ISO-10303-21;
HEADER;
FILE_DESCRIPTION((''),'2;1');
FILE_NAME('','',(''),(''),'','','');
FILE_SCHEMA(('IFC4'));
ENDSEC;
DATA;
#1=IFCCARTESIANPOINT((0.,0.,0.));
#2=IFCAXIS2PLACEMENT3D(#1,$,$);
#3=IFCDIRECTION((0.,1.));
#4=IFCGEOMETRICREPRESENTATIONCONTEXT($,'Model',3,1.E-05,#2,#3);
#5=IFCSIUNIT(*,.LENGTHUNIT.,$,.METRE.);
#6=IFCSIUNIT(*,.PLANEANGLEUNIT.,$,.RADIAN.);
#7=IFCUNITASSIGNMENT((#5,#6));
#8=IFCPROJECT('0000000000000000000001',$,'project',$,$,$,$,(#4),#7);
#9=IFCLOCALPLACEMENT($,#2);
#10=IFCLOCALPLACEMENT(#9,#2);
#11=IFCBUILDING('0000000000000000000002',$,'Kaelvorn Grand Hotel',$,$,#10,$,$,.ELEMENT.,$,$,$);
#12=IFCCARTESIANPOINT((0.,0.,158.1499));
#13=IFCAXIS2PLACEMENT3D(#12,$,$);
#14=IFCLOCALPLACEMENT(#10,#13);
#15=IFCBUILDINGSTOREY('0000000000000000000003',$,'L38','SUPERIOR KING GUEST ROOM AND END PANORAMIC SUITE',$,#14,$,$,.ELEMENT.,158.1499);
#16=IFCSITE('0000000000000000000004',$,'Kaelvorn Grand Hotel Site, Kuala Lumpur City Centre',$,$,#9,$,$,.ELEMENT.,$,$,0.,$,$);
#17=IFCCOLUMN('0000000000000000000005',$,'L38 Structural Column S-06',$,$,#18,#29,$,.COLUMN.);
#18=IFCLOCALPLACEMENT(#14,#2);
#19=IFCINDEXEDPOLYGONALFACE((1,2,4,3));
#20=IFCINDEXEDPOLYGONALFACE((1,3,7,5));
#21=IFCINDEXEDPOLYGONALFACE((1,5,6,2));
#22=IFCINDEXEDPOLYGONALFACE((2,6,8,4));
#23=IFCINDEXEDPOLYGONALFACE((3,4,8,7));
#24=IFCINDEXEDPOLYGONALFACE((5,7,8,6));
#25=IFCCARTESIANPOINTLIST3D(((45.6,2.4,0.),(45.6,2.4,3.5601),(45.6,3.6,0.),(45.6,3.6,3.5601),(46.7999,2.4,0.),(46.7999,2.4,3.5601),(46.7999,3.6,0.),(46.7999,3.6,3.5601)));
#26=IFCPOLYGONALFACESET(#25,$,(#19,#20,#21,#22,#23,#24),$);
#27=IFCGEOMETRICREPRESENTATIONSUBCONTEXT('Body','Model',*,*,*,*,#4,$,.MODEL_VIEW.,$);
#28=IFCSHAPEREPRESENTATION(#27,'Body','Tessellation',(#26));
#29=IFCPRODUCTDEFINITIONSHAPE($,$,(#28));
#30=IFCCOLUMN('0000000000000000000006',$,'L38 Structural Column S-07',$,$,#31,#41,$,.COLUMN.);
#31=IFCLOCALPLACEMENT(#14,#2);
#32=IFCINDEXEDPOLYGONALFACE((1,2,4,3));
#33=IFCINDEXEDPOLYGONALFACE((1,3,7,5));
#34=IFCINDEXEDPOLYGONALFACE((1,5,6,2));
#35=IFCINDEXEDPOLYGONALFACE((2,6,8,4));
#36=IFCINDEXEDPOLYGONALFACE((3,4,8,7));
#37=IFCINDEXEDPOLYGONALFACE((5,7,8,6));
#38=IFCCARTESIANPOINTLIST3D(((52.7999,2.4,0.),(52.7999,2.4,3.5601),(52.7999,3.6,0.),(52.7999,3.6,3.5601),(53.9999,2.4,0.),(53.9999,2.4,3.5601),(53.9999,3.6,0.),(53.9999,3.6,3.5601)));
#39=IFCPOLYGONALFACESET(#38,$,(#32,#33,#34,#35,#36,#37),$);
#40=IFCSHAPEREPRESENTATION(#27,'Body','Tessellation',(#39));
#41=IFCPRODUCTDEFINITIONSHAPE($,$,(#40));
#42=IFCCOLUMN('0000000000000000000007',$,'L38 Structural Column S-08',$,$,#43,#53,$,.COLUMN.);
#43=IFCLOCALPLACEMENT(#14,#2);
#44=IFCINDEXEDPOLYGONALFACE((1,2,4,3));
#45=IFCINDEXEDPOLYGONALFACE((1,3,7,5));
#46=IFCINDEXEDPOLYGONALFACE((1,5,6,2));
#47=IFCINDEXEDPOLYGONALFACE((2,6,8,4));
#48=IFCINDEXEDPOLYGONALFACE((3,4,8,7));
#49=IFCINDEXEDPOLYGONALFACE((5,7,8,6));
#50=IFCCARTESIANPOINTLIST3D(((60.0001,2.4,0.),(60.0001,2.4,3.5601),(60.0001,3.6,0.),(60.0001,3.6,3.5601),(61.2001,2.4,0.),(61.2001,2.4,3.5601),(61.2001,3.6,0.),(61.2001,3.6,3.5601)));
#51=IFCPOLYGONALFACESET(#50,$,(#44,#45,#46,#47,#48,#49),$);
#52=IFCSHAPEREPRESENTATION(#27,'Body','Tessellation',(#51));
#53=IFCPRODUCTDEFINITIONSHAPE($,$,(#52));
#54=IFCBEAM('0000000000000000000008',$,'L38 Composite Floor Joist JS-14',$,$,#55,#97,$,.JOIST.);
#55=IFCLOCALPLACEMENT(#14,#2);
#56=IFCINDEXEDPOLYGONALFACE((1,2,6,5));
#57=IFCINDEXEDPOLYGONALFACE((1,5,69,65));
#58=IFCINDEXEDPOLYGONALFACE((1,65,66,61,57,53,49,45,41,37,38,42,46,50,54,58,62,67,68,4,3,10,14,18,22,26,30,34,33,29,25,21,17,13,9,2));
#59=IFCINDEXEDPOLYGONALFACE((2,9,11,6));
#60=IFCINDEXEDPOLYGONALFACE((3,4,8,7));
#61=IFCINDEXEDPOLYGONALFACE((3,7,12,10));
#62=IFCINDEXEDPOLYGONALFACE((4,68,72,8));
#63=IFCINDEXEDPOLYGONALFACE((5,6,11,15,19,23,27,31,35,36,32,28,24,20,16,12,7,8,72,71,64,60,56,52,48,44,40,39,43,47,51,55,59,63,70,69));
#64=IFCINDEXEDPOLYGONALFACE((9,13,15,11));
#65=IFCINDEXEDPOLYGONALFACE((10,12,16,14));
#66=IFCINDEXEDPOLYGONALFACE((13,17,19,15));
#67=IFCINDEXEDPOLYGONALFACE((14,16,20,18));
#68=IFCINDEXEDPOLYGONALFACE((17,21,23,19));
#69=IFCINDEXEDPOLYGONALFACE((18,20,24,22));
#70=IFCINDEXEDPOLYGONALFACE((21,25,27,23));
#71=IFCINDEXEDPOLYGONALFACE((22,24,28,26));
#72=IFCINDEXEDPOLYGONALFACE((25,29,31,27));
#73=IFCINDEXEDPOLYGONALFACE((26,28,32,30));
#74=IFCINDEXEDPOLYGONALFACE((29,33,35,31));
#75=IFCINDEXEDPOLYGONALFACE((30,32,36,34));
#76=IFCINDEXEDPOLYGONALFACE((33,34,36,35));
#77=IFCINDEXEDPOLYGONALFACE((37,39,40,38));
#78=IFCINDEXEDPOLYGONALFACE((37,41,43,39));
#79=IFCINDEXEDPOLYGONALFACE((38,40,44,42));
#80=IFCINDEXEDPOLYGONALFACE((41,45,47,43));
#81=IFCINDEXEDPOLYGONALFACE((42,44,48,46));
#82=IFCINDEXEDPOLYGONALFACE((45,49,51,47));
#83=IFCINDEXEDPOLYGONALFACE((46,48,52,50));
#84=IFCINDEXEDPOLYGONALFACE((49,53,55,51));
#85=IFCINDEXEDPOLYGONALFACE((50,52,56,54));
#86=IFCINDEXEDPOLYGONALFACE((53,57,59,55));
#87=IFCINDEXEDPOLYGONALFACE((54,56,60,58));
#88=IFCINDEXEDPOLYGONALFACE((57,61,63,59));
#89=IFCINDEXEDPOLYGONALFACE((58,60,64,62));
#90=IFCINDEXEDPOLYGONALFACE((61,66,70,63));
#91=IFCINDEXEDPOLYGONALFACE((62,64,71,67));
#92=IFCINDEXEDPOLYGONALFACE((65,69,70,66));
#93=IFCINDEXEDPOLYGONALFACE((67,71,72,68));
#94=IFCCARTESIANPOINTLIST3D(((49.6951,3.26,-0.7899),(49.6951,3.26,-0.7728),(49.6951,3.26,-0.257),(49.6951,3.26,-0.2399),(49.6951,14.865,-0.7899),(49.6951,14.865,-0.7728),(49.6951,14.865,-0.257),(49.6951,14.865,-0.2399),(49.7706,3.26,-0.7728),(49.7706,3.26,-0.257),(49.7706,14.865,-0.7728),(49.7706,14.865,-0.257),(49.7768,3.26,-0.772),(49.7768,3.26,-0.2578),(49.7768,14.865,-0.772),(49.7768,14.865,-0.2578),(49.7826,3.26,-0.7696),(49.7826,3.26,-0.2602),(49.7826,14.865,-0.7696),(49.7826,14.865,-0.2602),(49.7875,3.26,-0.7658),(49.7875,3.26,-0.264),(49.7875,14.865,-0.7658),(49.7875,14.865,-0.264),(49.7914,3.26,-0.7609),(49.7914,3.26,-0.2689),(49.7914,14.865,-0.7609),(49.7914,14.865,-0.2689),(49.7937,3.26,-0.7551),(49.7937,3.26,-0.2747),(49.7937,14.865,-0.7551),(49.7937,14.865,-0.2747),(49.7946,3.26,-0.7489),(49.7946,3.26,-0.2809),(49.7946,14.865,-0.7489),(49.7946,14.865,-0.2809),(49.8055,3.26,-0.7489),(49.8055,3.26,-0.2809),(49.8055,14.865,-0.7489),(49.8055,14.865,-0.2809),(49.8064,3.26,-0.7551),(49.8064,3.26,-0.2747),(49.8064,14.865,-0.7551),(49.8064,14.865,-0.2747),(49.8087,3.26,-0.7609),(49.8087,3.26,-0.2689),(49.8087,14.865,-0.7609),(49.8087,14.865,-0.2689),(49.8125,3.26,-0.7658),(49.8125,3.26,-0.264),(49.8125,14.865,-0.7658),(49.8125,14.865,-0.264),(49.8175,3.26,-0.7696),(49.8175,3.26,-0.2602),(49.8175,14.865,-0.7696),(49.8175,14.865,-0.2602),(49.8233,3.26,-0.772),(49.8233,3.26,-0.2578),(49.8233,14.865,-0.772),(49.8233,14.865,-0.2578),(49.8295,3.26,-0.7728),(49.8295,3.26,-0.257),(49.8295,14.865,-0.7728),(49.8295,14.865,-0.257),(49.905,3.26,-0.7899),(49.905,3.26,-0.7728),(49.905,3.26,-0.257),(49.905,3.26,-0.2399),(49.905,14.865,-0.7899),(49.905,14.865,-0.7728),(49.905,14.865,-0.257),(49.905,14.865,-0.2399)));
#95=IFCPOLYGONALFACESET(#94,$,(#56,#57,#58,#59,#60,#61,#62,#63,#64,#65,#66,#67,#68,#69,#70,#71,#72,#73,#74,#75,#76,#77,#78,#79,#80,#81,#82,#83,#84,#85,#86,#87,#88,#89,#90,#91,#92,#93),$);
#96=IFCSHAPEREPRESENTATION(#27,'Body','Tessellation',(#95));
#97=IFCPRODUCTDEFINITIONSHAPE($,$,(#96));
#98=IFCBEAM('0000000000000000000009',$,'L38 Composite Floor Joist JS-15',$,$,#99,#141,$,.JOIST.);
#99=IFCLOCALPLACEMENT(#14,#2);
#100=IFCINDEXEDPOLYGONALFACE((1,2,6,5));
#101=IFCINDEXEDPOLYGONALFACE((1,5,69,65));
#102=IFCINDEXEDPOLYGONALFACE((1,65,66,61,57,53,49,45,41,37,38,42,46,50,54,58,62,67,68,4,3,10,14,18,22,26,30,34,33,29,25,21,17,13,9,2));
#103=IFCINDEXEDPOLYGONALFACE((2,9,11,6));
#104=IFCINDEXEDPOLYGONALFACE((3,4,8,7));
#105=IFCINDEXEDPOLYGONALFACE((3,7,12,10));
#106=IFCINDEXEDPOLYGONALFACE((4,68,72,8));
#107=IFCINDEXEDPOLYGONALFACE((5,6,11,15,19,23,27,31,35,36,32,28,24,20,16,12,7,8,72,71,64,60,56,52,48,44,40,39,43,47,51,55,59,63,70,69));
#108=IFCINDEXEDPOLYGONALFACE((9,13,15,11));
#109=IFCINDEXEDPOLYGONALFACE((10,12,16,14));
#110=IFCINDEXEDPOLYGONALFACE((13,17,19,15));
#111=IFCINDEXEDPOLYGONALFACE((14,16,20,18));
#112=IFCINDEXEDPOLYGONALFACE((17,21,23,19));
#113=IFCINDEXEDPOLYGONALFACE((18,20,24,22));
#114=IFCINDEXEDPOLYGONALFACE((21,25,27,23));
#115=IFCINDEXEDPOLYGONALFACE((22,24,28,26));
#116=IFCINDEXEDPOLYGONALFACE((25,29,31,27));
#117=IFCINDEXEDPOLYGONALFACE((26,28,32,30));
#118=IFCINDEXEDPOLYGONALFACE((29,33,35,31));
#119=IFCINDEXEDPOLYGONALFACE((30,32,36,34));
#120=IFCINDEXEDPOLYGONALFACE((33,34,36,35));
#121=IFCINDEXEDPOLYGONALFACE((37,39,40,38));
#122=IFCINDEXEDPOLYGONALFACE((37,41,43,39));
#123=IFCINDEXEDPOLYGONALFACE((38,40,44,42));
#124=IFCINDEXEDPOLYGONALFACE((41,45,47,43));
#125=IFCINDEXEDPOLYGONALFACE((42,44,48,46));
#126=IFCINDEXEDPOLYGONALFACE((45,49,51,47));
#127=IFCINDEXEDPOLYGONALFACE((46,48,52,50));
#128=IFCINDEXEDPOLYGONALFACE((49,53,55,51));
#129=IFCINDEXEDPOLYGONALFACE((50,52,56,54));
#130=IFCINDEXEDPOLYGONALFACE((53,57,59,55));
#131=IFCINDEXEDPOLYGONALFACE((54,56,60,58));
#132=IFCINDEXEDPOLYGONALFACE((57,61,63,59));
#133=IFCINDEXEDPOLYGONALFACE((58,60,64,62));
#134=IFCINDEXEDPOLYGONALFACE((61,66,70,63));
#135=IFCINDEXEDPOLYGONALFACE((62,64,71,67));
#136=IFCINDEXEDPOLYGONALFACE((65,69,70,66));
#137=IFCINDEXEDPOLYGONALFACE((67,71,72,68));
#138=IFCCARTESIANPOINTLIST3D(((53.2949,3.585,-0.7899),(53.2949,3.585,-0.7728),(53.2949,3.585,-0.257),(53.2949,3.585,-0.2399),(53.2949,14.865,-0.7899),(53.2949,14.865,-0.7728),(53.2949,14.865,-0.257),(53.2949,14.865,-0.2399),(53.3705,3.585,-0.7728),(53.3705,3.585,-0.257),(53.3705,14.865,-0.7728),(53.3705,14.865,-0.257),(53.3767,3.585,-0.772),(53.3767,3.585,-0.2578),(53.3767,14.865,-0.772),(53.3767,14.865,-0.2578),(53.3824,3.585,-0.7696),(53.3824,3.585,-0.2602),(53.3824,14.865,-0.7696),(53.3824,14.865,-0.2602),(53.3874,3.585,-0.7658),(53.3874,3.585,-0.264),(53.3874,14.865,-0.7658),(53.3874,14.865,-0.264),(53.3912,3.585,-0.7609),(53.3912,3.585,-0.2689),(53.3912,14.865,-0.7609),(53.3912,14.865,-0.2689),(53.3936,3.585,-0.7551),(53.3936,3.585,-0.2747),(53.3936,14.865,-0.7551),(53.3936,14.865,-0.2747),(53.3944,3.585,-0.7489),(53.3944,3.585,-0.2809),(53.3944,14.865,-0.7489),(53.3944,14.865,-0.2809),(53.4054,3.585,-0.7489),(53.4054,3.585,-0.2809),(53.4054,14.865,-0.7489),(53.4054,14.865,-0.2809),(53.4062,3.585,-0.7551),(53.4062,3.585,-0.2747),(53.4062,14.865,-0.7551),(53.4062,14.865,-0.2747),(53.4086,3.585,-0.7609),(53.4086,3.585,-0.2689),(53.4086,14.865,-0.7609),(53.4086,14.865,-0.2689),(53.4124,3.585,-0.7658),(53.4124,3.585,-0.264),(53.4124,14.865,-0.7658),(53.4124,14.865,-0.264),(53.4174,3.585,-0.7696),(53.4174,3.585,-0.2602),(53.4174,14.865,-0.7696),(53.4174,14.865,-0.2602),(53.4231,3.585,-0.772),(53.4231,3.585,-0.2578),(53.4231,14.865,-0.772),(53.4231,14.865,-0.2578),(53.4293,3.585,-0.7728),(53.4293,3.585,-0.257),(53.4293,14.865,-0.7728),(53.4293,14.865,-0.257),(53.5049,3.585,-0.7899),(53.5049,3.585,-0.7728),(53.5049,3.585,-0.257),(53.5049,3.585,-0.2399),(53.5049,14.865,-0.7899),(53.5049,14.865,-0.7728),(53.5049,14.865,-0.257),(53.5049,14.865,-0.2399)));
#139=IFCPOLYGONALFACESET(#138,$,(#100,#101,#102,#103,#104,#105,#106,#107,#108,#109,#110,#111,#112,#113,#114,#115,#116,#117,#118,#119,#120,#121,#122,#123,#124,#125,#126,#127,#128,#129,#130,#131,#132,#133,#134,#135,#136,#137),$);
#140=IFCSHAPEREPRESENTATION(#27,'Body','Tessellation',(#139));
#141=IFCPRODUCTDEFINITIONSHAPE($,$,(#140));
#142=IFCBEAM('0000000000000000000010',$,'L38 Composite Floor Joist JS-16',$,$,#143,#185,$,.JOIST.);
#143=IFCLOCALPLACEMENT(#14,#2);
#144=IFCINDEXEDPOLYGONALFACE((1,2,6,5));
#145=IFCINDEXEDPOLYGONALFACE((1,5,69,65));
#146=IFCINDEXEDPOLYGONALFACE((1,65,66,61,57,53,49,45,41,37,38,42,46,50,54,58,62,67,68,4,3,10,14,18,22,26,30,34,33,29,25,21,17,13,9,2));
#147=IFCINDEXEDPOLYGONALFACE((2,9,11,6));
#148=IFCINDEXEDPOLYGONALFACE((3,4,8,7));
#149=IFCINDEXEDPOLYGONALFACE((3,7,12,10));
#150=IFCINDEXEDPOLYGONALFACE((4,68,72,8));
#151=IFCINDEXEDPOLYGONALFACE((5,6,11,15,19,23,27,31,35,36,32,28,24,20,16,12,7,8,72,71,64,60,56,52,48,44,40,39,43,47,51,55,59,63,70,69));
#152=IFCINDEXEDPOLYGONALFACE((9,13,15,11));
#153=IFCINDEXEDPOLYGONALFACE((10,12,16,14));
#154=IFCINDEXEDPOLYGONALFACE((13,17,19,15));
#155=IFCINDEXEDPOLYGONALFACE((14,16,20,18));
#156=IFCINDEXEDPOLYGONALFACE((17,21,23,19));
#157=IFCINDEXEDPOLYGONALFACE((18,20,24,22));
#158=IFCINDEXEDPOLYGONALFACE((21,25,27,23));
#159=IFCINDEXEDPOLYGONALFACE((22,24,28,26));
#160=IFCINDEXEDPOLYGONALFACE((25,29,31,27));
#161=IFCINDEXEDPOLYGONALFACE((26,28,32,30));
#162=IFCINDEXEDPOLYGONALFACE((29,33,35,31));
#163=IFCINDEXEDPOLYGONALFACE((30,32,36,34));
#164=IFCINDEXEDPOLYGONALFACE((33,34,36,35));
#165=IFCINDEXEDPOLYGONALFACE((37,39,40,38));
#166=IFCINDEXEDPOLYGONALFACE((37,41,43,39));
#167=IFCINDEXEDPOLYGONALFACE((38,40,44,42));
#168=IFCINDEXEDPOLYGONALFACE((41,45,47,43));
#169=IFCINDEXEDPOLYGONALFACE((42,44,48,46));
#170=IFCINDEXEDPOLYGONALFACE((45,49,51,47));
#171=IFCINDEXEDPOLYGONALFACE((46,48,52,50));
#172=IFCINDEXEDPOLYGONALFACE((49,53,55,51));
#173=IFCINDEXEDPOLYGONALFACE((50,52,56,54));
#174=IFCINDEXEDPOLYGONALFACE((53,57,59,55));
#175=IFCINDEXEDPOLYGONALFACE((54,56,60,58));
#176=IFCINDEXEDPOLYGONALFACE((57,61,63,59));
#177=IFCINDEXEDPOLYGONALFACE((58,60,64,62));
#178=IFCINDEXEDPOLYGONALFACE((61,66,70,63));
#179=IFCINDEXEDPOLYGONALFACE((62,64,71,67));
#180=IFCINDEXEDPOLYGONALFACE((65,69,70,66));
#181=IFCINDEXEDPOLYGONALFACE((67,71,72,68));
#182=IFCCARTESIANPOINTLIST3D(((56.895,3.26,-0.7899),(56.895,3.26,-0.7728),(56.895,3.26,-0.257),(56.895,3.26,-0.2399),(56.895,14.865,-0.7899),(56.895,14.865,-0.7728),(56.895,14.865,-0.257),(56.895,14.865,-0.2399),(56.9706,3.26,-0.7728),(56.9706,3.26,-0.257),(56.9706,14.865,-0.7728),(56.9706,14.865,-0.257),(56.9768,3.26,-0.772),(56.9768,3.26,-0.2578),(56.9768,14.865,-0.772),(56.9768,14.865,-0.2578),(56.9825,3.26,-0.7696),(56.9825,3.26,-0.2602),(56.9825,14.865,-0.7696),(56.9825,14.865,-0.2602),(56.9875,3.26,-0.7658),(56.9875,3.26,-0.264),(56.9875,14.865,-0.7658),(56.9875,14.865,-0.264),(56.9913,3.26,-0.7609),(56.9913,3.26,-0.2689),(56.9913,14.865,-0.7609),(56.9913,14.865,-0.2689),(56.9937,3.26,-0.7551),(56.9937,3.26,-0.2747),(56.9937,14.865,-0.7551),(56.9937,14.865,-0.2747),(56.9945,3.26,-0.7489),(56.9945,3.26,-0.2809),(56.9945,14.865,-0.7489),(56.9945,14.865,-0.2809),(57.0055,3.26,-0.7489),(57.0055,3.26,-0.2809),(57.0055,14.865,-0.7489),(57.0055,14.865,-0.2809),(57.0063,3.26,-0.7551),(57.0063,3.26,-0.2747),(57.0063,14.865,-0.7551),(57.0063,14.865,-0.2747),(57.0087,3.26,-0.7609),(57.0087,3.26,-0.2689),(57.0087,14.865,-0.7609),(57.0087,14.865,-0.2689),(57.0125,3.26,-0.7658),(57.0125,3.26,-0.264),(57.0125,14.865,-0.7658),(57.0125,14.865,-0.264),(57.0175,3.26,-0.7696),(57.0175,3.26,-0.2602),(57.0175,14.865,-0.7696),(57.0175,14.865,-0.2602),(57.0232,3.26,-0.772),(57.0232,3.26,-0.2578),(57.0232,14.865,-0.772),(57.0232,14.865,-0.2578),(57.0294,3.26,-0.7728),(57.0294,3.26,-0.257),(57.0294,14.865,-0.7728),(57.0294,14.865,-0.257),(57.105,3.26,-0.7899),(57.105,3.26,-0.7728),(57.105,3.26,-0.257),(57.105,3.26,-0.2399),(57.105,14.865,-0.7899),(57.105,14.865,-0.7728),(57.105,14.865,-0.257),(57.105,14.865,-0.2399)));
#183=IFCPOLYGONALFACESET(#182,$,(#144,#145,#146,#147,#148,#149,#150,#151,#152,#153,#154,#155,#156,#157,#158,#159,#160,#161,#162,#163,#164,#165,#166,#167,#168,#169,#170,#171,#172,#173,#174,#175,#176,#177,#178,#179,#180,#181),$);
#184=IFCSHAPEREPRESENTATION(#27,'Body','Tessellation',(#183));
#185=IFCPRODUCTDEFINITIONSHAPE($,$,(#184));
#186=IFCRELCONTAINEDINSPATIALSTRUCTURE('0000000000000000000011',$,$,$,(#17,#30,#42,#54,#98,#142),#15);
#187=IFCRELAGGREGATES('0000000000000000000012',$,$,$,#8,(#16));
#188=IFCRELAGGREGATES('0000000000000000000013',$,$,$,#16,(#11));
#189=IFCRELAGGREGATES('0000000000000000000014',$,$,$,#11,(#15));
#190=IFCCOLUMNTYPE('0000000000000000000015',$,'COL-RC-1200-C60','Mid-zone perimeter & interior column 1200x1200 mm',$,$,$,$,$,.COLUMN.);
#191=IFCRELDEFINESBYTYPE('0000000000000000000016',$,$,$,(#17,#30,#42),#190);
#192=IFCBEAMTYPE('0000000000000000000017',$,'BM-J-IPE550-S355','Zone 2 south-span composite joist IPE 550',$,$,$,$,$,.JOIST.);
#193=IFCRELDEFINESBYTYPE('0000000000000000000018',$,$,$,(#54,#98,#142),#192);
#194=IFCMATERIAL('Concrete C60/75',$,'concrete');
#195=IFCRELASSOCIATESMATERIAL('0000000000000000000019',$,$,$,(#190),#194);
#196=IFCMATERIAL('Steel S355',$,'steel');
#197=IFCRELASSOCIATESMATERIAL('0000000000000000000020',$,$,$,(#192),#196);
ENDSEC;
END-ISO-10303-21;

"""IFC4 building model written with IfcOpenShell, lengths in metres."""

from ifc_helpers import new_model, si_unit, direction, frame, origin, origin_2d, place, context, subcontext, project, spatial, rectangle, i_section, extrude, material, material_profile, profile_set, type_object, element, save


model = new_model("IFC4")

# Units and contexts
model_context = context("Model", 3, precision=1e-05, world=origin(), true_north=direction((0.0, 1.0)))
body_context = subcontext(model_context, "Body", "Model", "MODEL_VIEW")
ifc_project = project(units=[si_unit("LENGTHUNIT", "METRE"), si_unit("PLANEANGLEUNIT", "RADIAN")], contexts=[model_context])

# Site, building, storey
site_placement = place(None, origin())
site = spatial("IfcSite", under=ifc_project, at=site_placement, Name="Kaelvorn Grand Hotel Site, Kuala Lumpur City Centre", CompositionType="ELEMENT", RefElevation=0.0)
building_placement = place(site_placement, origin())
building = spatial("IfcBuilding", under=site, at=building_placement, Name="Kaelvorn Grand Hotel", CompositionType="ELEMENT")
storey_placement = place(building_placement, frame((0.0, 0.0, 158.1499)))
storey = spatial("IfcBuildingStorey", under=building, at=storey_placement, Name="L38", Description="SUPERIOR KING GUEST ROOM AND END PANORAMIC SUITE", CompositionType="ELEMENT", Elevation=158.1499)

# Columns
ifc_material_1 = material(Name="Concrete C60/75", Category="concrete")
ifc_material_profile_1 = material_profile(ifc_material_1, rectangle(XDim=1.2, YDim=1.2, at=origin_2d()), Name="RC COL 1200x1200")
ifc_profile_set_1 = profile_set([ifc_material_profile_1], Name="Concrete C60/75")
column_type = type_object("IfcColumnType", Name="COL-RC-1200-C60", Description="Mid-zone perimeter & interior column 1200x1200 mm", PredefinedType="COLUMN", material=ifc_profile_set_1)
for number, where, z_axis, x_axis, name in (
    (1, (46.2, 3.0, 0.0), (0.0, 0.0, 1.0), (1.0, 0.0, 0.0), "L38 Structural Column S-06"),
    (2, (53.3999, 3.0, 0.0), (0.0, 0.0, 1.0), (1.0, 0.0, 0.0), "L38 Structural Column S-07"),
    (3, (60.6001, 3.0, 0.0), (0.0, 0.0, 1.0), (1.0, 0.0, 0.0), "L38 Structural Column S-08"),
):
    element("IfcColumn", number, at=place(storey_placement, frame(where, z_axis=z_axis, x_axis=x_axis)), inside=storey, type_object=column_type, Name=name, PredefinedType="COLUMN", context=body_context, shape_type="SweptSolid", body=[
        extrude(rectangle(XDim=1.2, YDim=1.2, at=origin_2d()), origin(), (0.0, 0.0, 1.0), 3.5601),
    ])

# Beams
ifc_material_2 = material(Name="Steel S355", Category="steel")
ifc_material_profile_2 = material_profile(ifc_material_2, i_section(OverallWidth=0.21, OverallDepth=0.55, WebThickness=0.011, FlangeThickness=0.0171, FilletRadius=0.0239, at=origin_2d()), Name="IPE 550")
ifc_profile_set_2 = profile_set([ifc_material_profile_2], Name="Steel S355")
beam_type_1 = type_object("IfcBeamType", Name="BM-J-IPE550-S355", Description="Zone 2 south-span composite joist IPE 550", PredefinedType="JOIST", material=ifc_profile_set_2)
beam_1_placement = place(storey_placement, frame((49.8, 3.26, -0.5149), z_axis=(0.0, 1.0, 0.0), x_axis=(-1.0, 0.0, 0.0)))
element("IfcBeam", 4, at=beam_1_placement, inside=storey, type_object=beam_type_1, Name="L38 Composite Floor Joist JS-14", PredefinedType="JOIST", context=body_context, shape_type="SweptSolid", body=[
    extrude(i_section(OverallWidth=0.21, OverallDepth=0.55, WebThickness=0.011, FlangeThickness=0.0171, FilletRadius=0.0239, at=origin_2d()), origin(), (0.0, 0.0, 1.0), 11.605),
])
beam_2_placement = place(storey_placement, frame((53.3999, 3.585, -0.5149), z_axis=(0.0, 1.0, 0.0), x_axis=(-1.0, 0.0, 0.0)))
element("IfcBeam", 5, at=beam_2_placement, inside=storey, type_object=beam_type_1, Name="L38 Composite Floor Joist JS-15", PredefinedType="JOIST", context=body_context, shape_type="SweptSolid", body=[
    extrude(i_section(OverallWidth=0.21, OverallDepth=0.55, WebThickness=0.011, FlangeThickness=0.0171, FilletRadius=0.0239, at=origin_2d()), origin(), (0.0, 0.0, 1.0), 11.28),
])
beam_3_placement = place(storey_placement, frame((57.0, 3.26, -0.5149), z_axis=(0.0, 1.0, 0.0), x_axis=(-1.0, 0.0, 0.0)))
element("IfcBeam", 6, at=beam_3_placement, inside=storey, type_object=beam_type_1, Name="L38 Composite Floor Joist JS-16", PredefinedType="JOIST", context=body_context, shape_type="SweptSolid", body=[
    extrude(i_section(OverallWidth=0.21, OverallDepth=0.55, WebThickness=0.011, FlangeThickness=0.0171, FilletRadius=0.0239, at=origin_2d()), origin(), (0.0, 0.0, 1.0), 11.605),
])

save(model, "model.ifc")
